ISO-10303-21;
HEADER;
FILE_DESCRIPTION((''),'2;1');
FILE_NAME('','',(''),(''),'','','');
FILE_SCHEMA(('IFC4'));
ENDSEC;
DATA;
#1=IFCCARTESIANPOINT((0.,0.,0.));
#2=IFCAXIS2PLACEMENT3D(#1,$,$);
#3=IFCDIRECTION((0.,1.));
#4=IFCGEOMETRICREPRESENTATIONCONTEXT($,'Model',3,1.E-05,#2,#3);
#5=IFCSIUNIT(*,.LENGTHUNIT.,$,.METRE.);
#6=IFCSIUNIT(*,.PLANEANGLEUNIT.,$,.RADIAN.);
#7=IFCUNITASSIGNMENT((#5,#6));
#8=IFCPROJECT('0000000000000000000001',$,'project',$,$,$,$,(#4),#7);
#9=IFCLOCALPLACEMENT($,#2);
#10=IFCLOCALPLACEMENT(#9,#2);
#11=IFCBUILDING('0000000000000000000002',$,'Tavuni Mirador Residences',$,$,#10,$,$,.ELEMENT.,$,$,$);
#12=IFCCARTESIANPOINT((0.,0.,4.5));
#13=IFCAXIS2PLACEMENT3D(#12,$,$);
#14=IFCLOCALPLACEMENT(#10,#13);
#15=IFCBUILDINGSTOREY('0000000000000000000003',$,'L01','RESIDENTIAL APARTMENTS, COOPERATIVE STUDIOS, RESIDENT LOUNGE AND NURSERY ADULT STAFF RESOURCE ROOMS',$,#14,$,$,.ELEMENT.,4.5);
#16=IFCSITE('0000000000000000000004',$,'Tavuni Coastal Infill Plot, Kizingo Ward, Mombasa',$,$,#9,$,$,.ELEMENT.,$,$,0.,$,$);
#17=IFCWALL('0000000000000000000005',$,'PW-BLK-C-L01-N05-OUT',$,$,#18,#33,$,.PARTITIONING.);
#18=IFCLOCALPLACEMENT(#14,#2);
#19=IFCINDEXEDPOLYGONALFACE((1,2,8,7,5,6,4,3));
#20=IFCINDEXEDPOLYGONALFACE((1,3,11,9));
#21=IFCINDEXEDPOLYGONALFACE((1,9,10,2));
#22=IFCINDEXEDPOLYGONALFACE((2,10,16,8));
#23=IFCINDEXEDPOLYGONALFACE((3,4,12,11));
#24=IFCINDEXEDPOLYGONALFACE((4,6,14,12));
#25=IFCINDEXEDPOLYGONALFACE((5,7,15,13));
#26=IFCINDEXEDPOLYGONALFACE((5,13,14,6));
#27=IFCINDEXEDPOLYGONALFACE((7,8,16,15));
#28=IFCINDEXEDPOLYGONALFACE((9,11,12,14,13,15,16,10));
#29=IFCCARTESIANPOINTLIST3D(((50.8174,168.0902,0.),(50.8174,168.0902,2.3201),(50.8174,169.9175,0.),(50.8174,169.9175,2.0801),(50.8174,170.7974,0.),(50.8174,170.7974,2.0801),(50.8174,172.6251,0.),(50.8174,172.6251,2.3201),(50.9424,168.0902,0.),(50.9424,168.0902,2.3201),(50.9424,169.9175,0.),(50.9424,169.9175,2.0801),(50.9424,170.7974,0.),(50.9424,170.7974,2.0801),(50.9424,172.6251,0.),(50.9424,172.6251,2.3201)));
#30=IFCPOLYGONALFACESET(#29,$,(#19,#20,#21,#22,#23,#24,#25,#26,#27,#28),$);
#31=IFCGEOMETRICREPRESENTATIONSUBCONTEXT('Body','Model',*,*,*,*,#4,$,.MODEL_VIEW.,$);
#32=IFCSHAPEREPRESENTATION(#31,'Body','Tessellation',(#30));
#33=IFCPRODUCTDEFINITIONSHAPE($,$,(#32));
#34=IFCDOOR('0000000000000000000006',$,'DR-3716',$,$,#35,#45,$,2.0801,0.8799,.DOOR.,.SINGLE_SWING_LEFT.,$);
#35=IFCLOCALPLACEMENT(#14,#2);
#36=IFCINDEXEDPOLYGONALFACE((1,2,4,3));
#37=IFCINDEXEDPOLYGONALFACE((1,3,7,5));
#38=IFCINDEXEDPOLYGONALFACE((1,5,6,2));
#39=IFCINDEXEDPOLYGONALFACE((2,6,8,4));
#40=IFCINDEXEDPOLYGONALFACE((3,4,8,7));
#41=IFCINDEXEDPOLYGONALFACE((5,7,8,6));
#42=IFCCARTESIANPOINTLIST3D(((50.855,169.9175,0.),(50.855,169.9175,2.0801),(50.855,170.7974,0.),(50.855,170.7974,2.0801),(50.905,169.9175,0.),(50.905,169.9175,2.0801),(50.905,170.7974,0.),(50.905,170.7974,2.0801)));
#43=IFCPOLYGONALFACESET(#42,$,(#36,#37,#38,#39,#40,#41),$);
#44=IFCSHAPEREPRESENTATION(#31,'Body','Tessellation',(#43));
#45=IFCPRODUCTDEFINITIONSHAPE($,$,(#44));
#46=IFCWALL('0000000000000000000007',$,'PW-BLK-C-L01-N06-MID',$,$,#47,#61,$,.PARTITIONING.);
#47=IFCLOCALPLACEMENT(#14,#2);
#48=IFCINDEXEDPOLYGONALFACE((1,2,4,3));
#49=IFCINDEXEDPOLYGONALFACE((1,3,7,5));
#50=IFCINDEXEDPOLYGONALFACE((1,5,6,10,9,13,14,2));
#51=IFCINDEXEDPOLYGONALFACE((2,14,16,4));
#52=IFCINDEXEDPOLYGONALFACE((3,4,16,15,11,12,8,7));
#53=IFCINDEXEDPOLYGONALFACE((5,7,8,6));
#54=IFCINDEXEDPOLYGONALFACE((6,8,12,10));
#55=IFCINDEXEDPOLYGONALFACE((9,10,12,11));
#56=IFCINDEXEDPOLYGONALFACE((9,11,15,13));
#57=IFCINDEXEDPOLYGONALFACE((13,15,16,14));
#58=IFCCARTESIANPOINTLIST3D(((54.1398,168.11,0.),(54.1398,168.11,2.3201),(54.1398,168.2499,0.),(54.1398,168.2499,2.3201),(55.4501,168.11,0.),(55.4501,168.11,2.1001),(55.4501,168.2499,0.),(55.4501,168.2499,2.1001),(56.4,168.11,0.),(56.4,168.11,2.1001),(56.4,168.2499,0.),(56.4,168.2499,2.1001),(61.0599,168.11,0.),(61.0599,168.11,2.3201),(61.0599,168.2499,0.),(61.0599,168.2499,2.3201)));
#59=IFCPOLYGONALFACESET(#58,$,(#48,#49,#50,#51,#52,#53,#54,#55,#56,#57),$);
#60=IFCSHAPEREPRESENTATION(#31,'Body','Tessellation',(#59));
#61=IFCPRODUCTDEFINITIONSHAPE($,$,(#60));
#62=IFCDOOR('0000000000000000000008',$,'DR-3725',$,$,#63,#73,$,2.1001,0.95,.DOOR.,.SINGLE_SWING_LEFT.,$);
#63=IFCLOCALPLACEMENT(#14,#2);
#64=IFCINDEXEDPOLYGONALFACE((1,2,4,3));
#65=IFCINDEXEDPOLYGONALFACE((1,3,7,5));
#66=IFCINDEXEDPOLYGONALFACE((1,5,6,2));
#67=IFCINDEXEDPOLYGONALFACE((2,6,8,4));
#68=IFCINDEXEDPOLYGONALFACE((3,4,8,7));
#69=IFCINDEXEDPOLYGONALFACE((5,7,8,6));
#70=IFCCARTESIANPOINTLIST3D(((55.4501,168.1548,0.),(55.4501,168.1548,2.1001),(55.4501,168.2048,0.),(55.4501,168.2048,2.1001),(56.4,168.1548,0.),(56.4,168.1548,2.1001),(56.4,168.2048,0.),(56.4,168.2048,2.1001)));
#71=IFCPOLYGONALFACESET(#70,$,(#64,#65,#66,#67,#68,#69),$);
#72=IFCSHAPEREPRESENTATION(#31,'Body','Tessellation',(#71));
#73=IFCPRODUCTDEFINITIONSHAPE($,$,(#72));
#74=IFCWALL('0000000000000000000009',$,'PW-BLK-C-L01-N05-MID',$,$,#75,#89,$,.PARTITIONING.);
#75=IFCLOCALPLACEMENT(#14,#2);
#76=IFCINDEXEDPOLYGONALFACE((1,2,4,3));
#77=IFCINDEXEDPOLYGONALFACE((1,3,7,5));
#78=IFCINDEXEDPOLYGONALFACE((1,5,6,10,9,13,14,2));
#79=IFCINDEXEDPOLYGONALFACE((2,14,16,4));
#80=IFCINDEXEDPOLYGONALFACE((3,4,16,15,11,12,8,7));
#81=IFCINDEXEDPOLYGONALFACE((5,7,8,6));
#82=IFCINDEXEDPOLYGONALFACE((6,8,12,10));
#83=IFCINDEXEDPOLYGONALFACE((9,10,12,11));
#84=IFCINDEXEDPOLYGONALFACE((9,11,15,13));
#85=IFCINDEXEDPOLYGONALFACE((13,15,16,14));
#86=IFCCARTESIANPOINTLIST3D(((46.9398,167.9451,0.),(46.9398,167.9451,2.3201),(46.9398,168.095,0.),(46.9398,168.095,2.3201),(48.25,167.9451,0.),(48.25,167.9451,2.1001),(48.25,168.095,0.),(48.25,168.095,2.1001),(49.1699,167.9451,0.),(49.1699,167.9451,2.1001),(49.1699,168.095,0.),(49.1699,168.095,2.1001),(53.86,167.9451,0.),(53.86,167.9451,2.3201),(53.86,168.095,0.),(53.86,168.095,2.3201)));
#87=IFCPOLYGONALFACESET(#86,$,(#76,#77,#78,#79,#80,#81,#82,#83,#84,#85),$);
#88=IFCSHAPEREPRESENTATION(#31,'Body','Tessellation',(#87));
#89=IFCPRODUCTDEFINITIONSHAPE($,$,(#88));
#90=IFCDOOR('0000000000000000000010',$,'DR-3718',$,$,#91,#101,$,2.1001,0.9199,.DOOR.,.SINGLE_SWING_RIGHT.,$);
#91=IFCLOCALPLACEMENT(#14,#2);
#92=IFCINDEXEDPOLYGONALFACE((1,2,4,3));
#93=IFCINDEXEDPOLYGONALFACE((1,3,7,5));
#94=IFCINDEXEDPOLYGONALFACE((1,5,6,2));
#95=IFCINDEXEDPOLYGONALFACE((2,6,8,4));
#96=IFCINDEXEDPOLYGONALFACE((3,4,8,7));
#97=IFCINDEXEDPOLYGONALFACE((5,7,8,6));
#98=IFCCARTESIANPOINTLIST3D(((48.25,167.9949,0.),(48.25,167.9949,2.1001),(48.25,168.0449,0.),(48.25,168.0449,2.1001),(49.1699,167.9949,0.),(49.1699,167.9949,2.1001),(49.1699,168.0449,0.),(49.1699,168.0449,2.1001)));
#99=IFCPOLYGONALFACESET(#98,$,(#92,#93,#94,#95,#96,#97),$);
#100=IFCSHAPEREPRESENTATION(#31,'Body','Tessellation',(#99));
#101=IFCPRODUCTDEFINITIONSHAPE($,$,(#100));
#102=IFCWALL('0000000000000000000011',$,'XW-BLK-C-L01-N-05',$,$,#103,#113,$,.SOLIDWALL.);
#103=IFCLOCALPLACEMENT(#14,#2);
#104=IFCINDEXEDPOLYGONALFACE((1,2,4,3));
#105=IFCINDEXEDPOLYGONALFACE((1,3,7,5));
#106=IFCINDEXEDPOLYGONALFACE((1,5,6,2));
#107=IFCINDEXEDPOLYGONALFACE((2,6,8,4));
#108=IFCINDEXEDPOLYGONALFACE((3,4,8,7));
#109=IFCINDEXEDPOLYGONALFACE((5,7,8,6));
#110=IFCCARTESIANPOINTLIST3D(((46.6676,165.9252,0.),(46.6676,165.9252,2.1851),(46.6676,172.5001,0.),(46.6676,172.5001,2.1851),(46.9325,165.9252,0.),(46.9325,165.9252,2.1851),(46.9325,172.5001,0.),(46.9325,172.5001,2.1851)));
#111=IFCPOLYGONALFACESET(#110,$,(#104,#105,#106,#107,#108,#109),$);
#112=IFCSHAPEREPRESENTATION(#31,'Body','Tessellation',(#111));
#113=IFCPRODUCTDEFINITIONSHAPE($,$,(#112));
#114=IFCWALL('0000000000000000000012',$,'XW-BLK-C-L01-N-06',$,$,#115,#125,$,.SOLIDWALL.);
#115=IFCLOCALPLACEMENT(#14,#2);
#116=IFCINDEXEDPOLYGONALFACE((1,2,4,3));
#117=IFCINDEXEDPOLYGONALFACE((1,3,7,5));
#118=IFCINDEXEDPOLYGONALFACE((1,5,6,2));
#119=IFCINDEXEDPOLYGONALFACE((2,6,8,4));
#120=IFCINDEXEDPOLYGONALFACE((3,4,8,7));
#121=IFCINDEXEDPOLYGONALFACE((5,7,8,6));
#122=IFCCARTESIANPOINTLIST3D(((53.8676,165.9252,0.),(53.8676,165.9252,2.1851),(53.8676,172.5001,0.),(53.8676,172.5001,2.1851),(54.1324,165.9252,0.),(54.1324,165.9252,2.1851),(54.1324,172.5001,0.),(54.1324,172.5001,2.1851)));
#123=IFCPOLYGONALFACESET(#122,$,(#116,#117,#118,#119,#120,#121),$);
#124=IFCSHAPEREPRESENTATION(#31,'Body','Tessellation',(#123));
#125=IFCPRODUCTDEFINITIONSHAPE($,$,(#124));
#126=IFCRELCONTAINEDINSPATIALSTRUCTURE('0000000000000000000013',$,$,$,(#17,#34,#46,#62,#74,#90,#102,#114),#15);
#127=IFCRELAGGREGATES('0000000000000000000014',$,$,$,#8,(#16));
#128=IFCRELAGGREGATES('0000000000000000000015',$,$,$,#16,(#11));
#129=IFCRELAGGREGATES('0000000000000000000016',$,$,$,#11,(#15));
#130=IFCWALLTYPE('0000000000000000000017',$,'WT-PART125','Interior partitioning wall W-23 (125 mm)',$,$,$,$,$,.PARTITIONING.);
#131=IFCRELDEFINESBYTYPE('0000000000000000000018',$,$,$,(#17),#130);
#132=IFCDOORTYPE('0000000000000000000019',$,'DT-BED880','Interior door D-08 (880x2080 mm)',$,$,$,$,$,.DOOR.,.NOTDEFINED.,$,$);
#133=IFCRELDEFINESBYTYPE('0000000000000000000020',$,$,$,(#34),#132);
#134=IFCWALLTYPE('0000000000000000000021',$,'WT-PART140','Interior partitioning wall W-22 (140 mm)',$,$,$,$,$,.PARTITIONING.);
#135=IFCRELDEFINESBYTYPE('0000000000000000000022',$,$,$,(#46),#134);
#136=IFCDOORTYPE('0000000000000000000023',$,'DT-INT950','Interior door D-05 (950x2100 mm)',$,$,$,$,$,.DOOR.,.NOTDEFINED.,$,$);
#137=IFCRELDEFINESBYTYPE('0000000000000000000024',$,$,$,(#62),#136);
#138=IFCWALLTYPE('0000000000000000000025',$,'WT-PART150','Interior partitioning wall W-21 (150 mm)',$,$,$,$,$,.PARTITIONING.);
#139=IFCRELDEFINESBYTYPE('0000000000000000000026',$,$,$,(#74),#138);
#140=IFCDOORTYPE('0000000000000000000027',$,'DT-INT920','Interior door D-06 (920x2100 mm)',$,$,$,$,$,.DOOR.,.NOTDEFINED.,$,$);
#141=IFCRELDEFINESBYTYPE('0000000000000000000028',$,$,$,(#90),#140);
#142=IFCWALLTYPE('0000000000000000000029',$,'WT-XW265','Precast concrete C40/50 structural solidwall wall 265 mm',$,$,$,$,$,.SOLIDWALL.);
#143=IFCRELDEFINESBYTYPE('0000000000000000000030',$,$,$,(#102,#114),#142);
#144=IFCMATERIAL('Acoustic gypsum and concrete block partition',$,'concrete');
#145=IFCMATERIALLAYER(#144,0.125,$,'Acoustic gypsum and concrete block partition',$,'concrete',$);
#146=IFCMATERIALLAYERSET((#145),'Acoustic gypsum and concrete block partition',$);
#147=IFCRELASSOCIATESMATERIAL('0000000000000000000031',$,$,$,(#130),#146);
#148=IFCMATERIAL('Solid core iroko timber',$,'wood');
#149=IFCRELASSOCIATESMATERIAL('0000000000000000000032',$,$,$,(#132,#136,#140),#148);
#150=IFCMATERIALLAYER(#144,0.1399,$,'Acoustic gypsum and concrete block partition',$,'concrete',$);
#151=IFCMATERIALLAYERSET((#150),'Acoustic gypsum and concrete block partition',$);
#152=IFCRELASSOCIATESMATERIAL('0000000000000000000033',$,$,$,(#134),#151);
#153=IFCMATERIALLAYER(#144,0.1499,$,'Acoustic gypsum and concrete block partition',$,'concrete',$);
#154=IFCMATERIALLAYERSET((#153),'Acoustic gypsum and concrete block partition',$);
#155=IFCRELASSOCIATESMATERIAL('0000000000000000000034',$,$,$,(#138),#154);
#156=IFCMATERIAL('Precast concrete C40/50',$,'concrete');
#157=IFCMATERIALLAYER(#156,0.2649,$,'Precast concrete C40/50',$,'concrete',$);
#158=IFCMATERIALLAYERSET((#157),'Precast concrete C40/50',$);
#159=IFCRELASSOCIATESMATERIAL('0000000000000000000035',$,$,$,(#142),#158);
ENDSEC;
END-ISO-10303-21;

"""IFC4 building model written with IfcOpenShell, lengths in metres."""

from ifc_helpers import new_model, si_unit, direction, frame, frame_2d, origin, place, context, subcontext, project, spatial, rectangle, extrude, material, layer, layer_set, type_object, element, fill, save


model = new_model("IFC4")

# Units and contexts
model_context = context("Model", 3, precision=1e-05, world=origin(), true_north=direction((0.0, 1.0)))
body_context = subcontext(model_context, "Body", "Model", "MODEL_VIEW")
ifc_project = project(units=[si_unit("LENGTHUNIT", "METRE"), si_unit("PLANEANGLEUNIT", "RADIAN")], contexts=[model_context])

# Site, building, storey
site_placement = place(None, origin())
site = spatial("IfcSite", under=ifc_project, at=site_placement, Name="Tavuni Coastal Infill Plot, Kizingo Ward, Mombasa", CompositionType="ELEMENT", RefElevation=0.0)
building_placement = place(site_placement, origin())
building = spatial("IfcBuilding", under=site, at=building_placement, Name="Tavuni Mirador Residences", CompositionType="ELEMENT")
storey_placement = place(building_placement, frame((0.0, 0.0, 4.5)))
storey = spatial("IfcBuildingStorey", under=building, at=storey_placement, Name="L01", Description="RESIDENTIAL APARTMENTS, COOPERATIVE STUDIOS, RESIDENT LOUNGE AND NURSERY ADULT STAFF RESOURCE ROOMS", CompositionType="ELEMENT", Elevation=4.5)

# Shared definitions
ifc_material_1 = material(Name="Precast concrete C40/50", Category="concrete")

# Shared definitions
ifc_material_2 = material(Name="Solid core iroko timber", Category="wood")

# Walls, openings, doors
ifc_material_3 = material(Name="Acoustic gypsum and concrete block partition", Category="concrete")
ifc_layer_1 = layer(ifc_material_3, 0.125, Name="Acoustic gypsum and concrete block partition", Category="concrete")
ifc_layer_set_1 = layer_set([ifc_layer_1], Name="Acoustic gypsum and concrete block partition")
wall_type_1 = type_object("IfcWallType", Name="WT-PART125", Description="Interior partitioning wall W-23 (125 mm)", PredefinedType="PARTITIONING", material=ifc_layer_set_1)
wall_1_placement = place(storey_placement, frame((50.8799, 168.0901, 0.0), z_axis=(0.0, 0.0, 1.0), x_axis=(0.0, 1.0, 0.0)))
wall_1 = element("IfcWall", 1, at=wall_1_placement, inside=storey, type_object=wall_type_1, Name="PW-BLK-C-L01-N05-OUT", PredefinedType="PARTITIONING", context=body_context, shape_type="SweptSolid", body=[
    extrude(rectangle(XDim=4.5349, YDim=0.125, at=frame_2d((2.2676, 0.0))), origin(), (0.0, 0.0, 1.0), 2.3201),
])
opening_1_placement = place(wall_1_placement, frame((1.8274, 0.0, 0.0)))
opening_1 = element("IfcOpeningElement", 2, at=opening_1_placement, cuts=wall_1, PredefinedType="OPENING", context=body_context, shape_type="SweptSolid", body=[
    extrude(rectangle(XDim=0.8799, YDim=2.0801, at=frame_2d((0.4399, 1.04))), frame((0.0, 0.0725, 0.0), z_axis=(0.0, -1.0, 0.0), x_axis=(1.0, 0.0, 0.0)), (0.0, 0.0, 1.0), 0.145),
])
door_type_1 = type_object("IfcDoorType", Name="DT-BED880", Description="Interior door D-08 (880x2080 mm)", OperationType="NOTDEFINED", PredefinedType="DOOR", material=ifc_material_2)
door_1_placement = place(opening_1_placement, origin())
door_1 = element("IfcDoor", 3, at=door_1_placement, inside=storey, type_object=door_type_1, Name="DR-3716", OperationType="SINGLE_SWING_LEFT", OverallHeight=2.0801, OverallWidth=0.8799, PredefinedType="DOOR", context=body_context, shape_type="SweptSolid", body=[
    extrude(rectangle(XDim=0.8799, YDim=2.0801, at=frame_2d((0.4399, 1.04))), frame((0.0, 0.0249, 0.0), z_axis=(0.0, -1.0, 0.0), x_axis=(1.0, 0.0, 0.0)), (0.0, 0.0, 1.0), 0.05),
])
fill(opening_1, door_1)
ifc_layer_2 = layer(ifc_material_3, 0.1399, Name="Acoustic gypsum and concrete block partition", Category="concrete")
ifc_layer_set_2 = layer_set([ifc_layer_2], Name="Acoustic gypsum and concrete block partition")
wall_type_2 = type_object("IfcWallType", Name="WT-PART140", Description="Interior partitioning wall W-22 (140 mm)", PredefinedType="PARTITIONING", material=ifc_layer_set_2)
wall_2_placement = place(storey_placement, frame((54.1399, 168.1799, 0.0), z_axis=(0.0, 0.0, 1.0), x_axis=(1.0, 0.0, 0.0)))
wall_2 = element("IfcWall", 4, at=wall_2_placement, inside=storey, type_object=wall_type_2, Name="PW-BLK-C-L01-N06-MID", PredefinedType="PARTITIONING", context=body_context, shape_type="SweptSolid", body=[
    extrude(rectangle(XDim=6.9202, YDim=0.1399, at=frame_2d((3.46, 0.0))), origin(), (0.0, 0.0, 1.0), 2.3201),
])
opening_2_placement = place(wall_2_placement, frame((1.3101, 0.0, 0.0)))
opening_2 = element("IfcOpeningElement", 5, at=opening_2_placement, cuts=wall_2, PredefinedType="OPENING", context=body_context, shape_type="SweptSolid", body=[
    extrude(rectangle(XDim=0.95, YDim=2.1001, at=frame_2d((0.4751, 1.05))), frame((0.0, 0.0801, 0.0), z_axis=(0.0, -1.0, 0.0), x_axis=(1.0, 0.0, 0.0)), (0.0, 0.0, 1.0), 0.1599),
])
door_type_2 = type_object("IfcDoorType", Name="DT-INT950", Description="Interior door D-05 (950x2100 mm)", OperationType="NOTDEFINED", PredefinedType="DOOR", material=ifc_material_2)
door_2_placement = place(opening_2_placement, origin())
door_2 = element("IfcDoor", 6, at=door_2_placement, inside=storey, type_object=door_type_2, Name="DR-3725", OperationType="SINGLE_SWING_LEFT", OverallHeight=2.1001, OverallWidth=0.95, PredefinedType="DOOR", context=body_context, shape_type="SweptSolid", body=[
    extrude(rectangle(XDim=0.95, YDim=2.1001, at=frame_2d((0.4751, 1.05))), frame((0.0, 0.0249, 0.0), z_axis=(0.0, -1.0, 0.0), x_axis=(1.0, 0.0, 0.0)), (0.0, 0.0, 1.0), 0.05),
])
fill(opening_2, door_2)
ifc_layer_3 = layer(ifc_material_3, 0.1499, Name="Acoustic gypsum and concrete block partition", Category="concrete")
ifc_layer_set_3 = layer_set([ifc_layer_3], Name="Acoustic gypsum and concrete block partition")
wall_type_3 = type_object("IfcWallType", Name="WT-PART150", Description="Interior partitioning wall W-21 (150 mm)", PredefinedType="PARTITIONING", material=ifc_layer_set_3)
wall_3_placement = place(storey_placement, frame((46.9399, 168.02, 0.0), z_axis=(0.0, 0.0, 1.0), x_axis=(1.0, 0.0, 0.0)))
wall_3 = element("IfcWall", 7, at=wall_3_placement, inside=storey, type_object=wall_type_3, Name="PW-BLK-C-L01-N05-MID", PredefinedType="PARTITIONING", context=body_context, shape_type="SweptSolid", body=[
    extrude(rectangle(XDim=6.9202, YDim=0.1499, at=frame_2d((3.46, 0.0))), origin(), (0.0, 0.0, 1.0), 2.3201),
])
opening_3_placement = place(wall_3_placement, frame((1.3101, 0.0, 0.0)))
opening_3 = element("IfcOpeningElement", 8, at=opening_3_placement, cuts=wall_3, PredefinedType="OPENING", context=body_context, shape_type="SweptSolid", body=[
    extrude(rectangle(XDim=0.9199, YDim=2.1001, at=frame_2d((0.46, 1.05))), frame((0.0, 0.085, 0.0), z_axis=(0.0, -1.0, 0.0), x_axis=(1.0, 0.0, 0.0)), (0.0, 0.0, 1.0), 0.1699),
])
door_type_3 = type_object("IfcDoorType", Name="DT-INT920", Description="Interior door D-06 (920x2100 mm)", OperationType="NOTDEFINED", PredefinedType="DOOR", material=ifc_material_2)
door_3_placement = place(opening_3_placement, origin())
door_3 = element("IfcDoor", 9, at=door_3_placement, inside=storey, type_object=door_type_3, Name="DR-3718", OperationType="SINGLE_SWING_RIGHT", OverallHeight=2.1001, OverallWidth=0.9199, PredefinedType="DOOR", context=body_context, shape_type="SweptSolid", body=[
    extrude(rectangle(XDim=0.9199, YDim=2.1001, at=frame_2d((0.46, 1.05))), frame((0.0, 0.0249, 0.0), z_axis=(0.0, -1.0, 0.0), x_axis=(1.0, 0.0, 0.0)), (0.0, 0.0, 1.0), 0.05),
])
fill(opening_3, door_3)

# Walls
ifc_layer_4 = layer(ifc_material_1, 0.2649, Name="Precast concrete C40/50", Category="concrete")
ifc_layer_set_4 = layer_set([ifc_layer_4], Name="Precast concrete C40/50")
wall_type_4 = type_object("IfcWallType", Name="WT-XW265", Description="Precast concrete C40/50 structural solidwall wall 265 mm", PredefinedType="SOLIDWALL", material=ifc_layer_set_4)
for number, where, z_axis, x_axis, name in (
    (10, (46.8, 165.925, 0.0), (0.0, 0.0, 1.0), (0.0, 1.0, 0.0), "XW-BLK-C-L01-N-05"),
    (11, (54.0, 165.925, 0.0), (0.0, 0.0, 1.0), (0.0, 1.0, 0.0), "XW-BLK-C-L01-N-06"),
):
    element("IfcWall", number, at=place(storey_placement, frame(where, z_axis=z_axis, x_axis=x_axis)), inside=storey, type_object=wall_type_4, Name=name, PredefinedType="SOLIDWALL", context=body_context, shape_type="SweptSolid", body=[
        extrude(rectangle(XDim=6.575, YDim=0.2649, at=frame_2d((3.2876, 0.0))), origin(), (0.0, 0.0, 1.0), 2.1851),
    ])

save(model, "model.ifc")
